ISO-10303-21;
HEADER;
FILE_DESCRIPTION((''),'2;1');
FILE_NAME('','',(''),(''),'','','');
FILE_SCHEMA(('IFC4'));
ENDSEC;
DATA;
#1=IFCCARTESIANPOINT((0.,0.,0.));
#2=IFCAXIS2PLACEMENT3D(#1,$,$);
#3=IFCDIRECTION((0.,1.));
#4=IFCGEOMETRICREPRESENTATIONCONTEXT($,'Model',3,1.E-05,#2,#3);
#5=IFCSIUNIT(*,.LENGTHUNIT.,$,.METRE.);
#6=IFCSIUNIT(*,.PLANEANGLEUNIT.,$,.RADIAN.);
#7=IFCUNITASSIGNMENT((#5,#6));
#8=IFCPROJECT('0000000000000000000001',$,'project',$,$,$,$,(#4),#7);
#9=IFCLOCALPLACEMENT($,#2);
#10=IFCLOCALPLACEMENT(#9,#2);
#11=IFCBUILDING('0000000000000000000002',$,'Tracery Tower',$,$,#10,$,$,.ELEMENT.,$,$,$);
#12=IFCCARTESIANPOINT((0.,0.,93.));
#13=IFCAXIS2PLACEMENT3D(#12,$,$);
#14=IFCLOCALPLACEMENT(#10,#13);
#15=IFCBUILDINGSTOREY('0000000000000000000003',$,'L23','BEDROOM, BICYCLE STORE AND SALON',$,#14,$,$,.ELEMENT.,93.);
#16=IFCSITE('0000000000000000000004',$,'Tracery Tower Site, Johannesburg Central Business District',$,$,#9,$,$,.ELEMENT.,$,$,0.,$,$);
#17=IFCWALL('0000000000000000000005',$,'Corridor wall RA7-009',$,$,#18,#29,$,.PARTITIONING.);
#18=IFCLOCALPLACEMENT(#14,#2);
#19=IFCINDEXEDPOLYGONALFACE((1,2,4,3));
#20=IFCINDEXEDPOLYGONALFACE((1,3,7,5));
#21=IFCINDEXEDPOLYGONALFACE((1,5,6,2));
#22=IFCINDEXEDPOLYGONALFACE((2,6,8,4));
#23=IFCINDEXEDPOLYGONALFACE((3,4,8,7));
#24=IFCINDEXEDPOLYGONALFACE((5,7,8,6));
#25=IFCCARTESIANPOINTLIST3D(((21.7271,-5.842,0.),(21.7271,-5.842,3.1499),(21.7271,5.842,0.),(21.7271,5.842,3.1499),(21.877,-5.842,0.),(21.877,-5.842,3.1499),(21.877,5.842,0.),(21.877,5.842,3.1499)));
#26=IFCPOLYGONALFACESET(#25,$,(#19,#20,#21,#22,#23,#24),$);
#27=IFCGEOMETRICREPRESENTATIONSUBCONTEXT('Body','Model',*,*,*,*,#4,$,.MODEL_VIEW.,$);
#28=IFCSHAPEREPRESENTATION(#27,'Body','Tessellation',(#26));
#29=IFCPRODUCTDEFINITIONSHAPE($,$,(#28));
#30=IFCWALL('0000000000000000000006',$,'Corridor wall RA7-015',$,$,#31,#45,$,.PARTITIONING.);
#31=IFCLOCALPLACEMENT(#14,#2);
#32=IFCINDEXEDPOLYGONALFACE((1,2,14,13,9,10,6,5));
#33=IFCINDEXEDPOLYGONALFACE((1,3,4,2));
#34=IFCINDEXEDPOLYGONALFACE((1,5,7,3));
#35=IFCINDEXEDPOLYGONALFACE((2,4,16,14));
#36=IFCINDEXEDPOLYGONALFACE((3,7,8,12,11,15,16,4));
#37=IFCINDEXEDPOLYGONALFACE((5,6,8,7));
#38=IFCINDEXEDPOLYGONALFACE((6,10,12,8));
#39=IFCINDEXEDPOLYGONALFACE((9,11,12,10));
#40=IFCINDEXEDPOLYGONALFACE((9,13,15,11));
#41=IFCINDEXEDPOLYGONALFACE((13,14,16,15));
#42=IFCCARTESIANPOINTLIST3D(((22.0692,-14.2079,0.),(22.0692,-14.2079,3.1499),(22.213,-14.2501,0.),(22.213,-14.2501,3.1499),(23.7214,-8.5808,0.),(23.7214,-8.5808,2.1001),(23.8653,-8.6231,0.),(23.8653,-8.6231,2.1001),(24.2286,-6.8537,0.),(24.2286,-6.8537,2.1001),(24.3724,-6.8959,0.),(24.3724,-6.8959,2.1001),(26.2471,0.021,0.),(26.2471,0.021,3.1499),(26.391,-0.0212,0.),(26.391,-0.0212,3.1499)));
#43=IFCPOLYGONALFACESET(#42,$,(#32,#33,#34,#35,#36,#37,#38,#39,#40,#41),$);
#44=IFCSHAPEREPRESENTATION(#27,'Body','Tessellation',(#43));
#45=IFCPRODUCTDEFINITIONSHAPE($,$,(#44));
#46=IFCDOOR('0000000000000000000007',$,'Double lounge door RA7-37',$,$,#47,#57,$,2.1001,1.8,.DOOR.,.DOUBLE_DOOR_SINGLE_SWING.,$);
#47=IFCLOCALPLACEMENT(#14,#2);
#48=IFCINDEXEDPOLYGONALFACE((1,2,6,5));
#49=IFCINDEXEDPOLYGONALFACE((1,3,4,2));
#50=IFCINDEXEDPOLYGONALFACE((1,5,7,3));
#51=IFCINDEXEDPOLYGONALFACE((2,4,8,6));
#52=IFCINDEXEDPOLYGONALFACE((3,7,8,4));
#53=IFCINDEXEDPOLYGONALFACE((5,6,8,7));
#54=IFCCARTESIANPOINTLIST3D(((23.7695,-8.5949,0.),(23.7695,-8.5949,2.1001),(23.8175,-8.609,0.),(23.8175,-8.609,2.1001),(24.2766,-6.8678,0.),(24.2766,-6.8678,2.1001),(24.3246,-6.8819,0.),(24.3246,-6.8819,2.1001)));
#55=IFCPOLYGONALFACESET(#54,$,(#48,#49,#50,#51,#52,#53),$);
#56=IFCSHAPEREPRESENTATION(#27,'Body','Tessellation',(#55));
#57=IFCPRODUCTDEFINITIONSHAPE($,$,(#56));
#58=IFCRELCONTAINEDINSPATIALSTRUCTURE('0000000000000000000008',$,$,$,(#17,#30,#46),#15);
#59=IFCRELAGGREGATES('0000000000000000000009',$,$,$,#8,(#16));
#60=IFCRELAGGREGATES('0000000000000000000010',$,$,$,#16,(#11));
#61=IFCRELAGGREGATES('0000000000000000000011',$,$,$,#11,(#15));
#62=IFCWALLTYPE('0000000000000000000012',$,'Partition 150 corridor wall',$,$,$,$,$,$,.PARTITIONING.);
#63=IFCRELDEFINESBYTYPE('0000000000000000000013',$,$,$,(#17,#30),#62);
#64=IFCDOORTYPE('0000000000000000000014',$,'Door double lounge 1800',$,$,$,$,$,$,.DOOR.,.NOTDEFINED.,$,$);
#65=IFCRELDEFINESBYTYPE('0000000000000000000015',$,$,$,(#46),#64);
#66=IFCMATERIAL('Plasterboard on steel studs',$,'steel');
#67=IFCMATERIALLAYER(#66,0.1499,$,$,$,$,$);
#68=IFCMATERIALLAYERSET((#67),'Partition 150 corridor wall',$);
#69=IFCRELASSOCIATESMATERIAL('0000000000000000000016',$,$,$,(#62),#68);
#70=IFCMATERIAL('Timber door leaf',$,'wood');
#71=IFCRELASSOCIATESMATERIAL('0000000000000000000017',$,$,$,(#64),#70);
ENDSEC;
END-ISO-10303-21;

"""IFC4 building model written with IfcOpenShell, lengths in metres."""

from ifc_helpers import new_model, si_unit, direction, frame, frame_2d, origin, place, context, subcontext, project, spatial, rectangle, extrude, material, layer, layer_set, type_object, element, fill, save


model = new_model("IFC4")

# Units and contexts
model_context = context("Model", 3, precision=1e-05, world=origin(), true_north=direction((0.0, 1.0)))
body_context = subcontext(model_context, "Body", "Model", "MODEL_VIEW")
ifc_project = project(units=[si_unit("LENGTHUNIT", "METRE"), si_unit("PLANEANGLEUNIT", "RADIAN")], contexts=[model_context])

# Site, building, storey
site_placement = place(None, origin())
site = spatial("IfcSite", under=ifc_project, at=site_placement, Name="Tracery Tower Site, Johannesburg Central Business District", CompositionType="ELEMENT", RefElevation=0.0)
building_placement = place(site_placement, origin())
building = spatial("IfcBuilding", under=site, at=building_placement, Name="Tracery Tower", CompositionType="ELEMENT")
storey_placement = place(building_placement, frame((0.0, 0.0, 93.0)))
storey = spatial("IfcBuildingStorey", under=building, at=storey_placement, Name="L23", Description="BEDROOM, BICYCLE STORE AND SALON", CompositionType="ELEMENT", Elevation=93.0)

# Shared definitions
ifc_material_1 = material(Name="Plasterboard on steel studs", Category="steel")
ifc_layer_1 = layer(ifc_material_1, 0.1499)
ifc_layer_set_1 = layer_set([ifc_layer_1], Name="Partition 150 corridor wall")
wall_type_1 = type_object("IfcWallType", Name="Partition 150 corridor wall", PredefinedType="PARTITIONING", material=ifc_layer_set_1)
ifc_material_2 = material(Name="Timber door leaf", Category="wood")
door_type_1 = type_object("IfcDoorType", Name="Door double lounge 1800", OperationType="NOTDEFINED", PredefinedType="DOOR", material=ifc_material_2)

# Wall
wall_1_placement = place(storey_placement, frame((21.802, -5.842, 0.0), z_axis=(0.0, 0.0, 1.0), x_axis=(0.0, 1.0, 0.0)))
element("IfcWall", 1, at=wall_1_placement, inside=storey, type_object=wall_type_1, Name="Corridor wall RA7-009", PredefinedType="PARTITIONING", context=body_context, shape_type="SweptSolid", body=[
    extrude(rectangle(XDim=11.6841, YDim=0.1499, at=frame_2d((5.842, 0.0))), origin(), (0.0, 0.0, 1.0), 3.1499),
])

# Wall, opening, door
wall_2_placement = place(storey_placement, frame((22.1411, -14.229, 0.0), z_axis=(0.0, 0.0, 1.0), x_axis=(0.28173, 0.959494, 0.0)))
wall_2 = element("IfcWall", 2, at=wall_2_placement, inside=storey, type_object=wall_type_1, Name="Corridor wall RA7-015", PredefinedType="PARTITIONING", context=body_context, shape_type="SweptSolid", body=[
    extrude(rectangle(XDim=14.8296, YDim=0.1499, at=frame_2d((7.4148, 0.0))), origin(), (0.0, 0.0, 1.0), 3.1499),
])
opening_1_placement = place(wall_2_placement, frame((5.8647, 0.0, 0.0)))
opening_1 = element("IfcOpeningElement", 3, at=opening_1_placement, cuts=wall_2, PredefinedType="OPENING", context=body_context, shape_type="SweptSolid", body=[
    extrude(rectangle(XDim=1.8, YDim=2.1001, at=frame_2d((0.8999, 1.05))), frame((0.0, 0.075, 0.0), z_axis=(0.0, -1.0, 0.0), x_axis=(1.0, 0.0, 0.0)), (0.0, 0.0, 1.0), 0.1499),
])
door_1_placement = place(opening_1_placement, origin())
door_1 = element("IfcDoor", 4, at=door_1_placement, inside=storey, type_object=door_type_1, Name="Double lounge door RA7-37", OperationType="DOUBLE_DOOR_SINGLE_SWING", OverallHeight=2.1001, OverallWidth=1.8, PredefinedType="DOOR", context=body_context, shape_type="SweptSolid", body=[
    extrude(rectangle(XDim=1.8, YDim=2.1001, at=frame_2d((0.8999, 1.05))), frame((0.0, 0.0249, 0.0), z_axis=(0.0, -1.0, 0.0), x_axis=(1.0, 0.0, 0.0)), (0.0, 0.0, 1.0), 0.05),
])
fill(opening_1, door_1)

save(model, "model.ifc")
